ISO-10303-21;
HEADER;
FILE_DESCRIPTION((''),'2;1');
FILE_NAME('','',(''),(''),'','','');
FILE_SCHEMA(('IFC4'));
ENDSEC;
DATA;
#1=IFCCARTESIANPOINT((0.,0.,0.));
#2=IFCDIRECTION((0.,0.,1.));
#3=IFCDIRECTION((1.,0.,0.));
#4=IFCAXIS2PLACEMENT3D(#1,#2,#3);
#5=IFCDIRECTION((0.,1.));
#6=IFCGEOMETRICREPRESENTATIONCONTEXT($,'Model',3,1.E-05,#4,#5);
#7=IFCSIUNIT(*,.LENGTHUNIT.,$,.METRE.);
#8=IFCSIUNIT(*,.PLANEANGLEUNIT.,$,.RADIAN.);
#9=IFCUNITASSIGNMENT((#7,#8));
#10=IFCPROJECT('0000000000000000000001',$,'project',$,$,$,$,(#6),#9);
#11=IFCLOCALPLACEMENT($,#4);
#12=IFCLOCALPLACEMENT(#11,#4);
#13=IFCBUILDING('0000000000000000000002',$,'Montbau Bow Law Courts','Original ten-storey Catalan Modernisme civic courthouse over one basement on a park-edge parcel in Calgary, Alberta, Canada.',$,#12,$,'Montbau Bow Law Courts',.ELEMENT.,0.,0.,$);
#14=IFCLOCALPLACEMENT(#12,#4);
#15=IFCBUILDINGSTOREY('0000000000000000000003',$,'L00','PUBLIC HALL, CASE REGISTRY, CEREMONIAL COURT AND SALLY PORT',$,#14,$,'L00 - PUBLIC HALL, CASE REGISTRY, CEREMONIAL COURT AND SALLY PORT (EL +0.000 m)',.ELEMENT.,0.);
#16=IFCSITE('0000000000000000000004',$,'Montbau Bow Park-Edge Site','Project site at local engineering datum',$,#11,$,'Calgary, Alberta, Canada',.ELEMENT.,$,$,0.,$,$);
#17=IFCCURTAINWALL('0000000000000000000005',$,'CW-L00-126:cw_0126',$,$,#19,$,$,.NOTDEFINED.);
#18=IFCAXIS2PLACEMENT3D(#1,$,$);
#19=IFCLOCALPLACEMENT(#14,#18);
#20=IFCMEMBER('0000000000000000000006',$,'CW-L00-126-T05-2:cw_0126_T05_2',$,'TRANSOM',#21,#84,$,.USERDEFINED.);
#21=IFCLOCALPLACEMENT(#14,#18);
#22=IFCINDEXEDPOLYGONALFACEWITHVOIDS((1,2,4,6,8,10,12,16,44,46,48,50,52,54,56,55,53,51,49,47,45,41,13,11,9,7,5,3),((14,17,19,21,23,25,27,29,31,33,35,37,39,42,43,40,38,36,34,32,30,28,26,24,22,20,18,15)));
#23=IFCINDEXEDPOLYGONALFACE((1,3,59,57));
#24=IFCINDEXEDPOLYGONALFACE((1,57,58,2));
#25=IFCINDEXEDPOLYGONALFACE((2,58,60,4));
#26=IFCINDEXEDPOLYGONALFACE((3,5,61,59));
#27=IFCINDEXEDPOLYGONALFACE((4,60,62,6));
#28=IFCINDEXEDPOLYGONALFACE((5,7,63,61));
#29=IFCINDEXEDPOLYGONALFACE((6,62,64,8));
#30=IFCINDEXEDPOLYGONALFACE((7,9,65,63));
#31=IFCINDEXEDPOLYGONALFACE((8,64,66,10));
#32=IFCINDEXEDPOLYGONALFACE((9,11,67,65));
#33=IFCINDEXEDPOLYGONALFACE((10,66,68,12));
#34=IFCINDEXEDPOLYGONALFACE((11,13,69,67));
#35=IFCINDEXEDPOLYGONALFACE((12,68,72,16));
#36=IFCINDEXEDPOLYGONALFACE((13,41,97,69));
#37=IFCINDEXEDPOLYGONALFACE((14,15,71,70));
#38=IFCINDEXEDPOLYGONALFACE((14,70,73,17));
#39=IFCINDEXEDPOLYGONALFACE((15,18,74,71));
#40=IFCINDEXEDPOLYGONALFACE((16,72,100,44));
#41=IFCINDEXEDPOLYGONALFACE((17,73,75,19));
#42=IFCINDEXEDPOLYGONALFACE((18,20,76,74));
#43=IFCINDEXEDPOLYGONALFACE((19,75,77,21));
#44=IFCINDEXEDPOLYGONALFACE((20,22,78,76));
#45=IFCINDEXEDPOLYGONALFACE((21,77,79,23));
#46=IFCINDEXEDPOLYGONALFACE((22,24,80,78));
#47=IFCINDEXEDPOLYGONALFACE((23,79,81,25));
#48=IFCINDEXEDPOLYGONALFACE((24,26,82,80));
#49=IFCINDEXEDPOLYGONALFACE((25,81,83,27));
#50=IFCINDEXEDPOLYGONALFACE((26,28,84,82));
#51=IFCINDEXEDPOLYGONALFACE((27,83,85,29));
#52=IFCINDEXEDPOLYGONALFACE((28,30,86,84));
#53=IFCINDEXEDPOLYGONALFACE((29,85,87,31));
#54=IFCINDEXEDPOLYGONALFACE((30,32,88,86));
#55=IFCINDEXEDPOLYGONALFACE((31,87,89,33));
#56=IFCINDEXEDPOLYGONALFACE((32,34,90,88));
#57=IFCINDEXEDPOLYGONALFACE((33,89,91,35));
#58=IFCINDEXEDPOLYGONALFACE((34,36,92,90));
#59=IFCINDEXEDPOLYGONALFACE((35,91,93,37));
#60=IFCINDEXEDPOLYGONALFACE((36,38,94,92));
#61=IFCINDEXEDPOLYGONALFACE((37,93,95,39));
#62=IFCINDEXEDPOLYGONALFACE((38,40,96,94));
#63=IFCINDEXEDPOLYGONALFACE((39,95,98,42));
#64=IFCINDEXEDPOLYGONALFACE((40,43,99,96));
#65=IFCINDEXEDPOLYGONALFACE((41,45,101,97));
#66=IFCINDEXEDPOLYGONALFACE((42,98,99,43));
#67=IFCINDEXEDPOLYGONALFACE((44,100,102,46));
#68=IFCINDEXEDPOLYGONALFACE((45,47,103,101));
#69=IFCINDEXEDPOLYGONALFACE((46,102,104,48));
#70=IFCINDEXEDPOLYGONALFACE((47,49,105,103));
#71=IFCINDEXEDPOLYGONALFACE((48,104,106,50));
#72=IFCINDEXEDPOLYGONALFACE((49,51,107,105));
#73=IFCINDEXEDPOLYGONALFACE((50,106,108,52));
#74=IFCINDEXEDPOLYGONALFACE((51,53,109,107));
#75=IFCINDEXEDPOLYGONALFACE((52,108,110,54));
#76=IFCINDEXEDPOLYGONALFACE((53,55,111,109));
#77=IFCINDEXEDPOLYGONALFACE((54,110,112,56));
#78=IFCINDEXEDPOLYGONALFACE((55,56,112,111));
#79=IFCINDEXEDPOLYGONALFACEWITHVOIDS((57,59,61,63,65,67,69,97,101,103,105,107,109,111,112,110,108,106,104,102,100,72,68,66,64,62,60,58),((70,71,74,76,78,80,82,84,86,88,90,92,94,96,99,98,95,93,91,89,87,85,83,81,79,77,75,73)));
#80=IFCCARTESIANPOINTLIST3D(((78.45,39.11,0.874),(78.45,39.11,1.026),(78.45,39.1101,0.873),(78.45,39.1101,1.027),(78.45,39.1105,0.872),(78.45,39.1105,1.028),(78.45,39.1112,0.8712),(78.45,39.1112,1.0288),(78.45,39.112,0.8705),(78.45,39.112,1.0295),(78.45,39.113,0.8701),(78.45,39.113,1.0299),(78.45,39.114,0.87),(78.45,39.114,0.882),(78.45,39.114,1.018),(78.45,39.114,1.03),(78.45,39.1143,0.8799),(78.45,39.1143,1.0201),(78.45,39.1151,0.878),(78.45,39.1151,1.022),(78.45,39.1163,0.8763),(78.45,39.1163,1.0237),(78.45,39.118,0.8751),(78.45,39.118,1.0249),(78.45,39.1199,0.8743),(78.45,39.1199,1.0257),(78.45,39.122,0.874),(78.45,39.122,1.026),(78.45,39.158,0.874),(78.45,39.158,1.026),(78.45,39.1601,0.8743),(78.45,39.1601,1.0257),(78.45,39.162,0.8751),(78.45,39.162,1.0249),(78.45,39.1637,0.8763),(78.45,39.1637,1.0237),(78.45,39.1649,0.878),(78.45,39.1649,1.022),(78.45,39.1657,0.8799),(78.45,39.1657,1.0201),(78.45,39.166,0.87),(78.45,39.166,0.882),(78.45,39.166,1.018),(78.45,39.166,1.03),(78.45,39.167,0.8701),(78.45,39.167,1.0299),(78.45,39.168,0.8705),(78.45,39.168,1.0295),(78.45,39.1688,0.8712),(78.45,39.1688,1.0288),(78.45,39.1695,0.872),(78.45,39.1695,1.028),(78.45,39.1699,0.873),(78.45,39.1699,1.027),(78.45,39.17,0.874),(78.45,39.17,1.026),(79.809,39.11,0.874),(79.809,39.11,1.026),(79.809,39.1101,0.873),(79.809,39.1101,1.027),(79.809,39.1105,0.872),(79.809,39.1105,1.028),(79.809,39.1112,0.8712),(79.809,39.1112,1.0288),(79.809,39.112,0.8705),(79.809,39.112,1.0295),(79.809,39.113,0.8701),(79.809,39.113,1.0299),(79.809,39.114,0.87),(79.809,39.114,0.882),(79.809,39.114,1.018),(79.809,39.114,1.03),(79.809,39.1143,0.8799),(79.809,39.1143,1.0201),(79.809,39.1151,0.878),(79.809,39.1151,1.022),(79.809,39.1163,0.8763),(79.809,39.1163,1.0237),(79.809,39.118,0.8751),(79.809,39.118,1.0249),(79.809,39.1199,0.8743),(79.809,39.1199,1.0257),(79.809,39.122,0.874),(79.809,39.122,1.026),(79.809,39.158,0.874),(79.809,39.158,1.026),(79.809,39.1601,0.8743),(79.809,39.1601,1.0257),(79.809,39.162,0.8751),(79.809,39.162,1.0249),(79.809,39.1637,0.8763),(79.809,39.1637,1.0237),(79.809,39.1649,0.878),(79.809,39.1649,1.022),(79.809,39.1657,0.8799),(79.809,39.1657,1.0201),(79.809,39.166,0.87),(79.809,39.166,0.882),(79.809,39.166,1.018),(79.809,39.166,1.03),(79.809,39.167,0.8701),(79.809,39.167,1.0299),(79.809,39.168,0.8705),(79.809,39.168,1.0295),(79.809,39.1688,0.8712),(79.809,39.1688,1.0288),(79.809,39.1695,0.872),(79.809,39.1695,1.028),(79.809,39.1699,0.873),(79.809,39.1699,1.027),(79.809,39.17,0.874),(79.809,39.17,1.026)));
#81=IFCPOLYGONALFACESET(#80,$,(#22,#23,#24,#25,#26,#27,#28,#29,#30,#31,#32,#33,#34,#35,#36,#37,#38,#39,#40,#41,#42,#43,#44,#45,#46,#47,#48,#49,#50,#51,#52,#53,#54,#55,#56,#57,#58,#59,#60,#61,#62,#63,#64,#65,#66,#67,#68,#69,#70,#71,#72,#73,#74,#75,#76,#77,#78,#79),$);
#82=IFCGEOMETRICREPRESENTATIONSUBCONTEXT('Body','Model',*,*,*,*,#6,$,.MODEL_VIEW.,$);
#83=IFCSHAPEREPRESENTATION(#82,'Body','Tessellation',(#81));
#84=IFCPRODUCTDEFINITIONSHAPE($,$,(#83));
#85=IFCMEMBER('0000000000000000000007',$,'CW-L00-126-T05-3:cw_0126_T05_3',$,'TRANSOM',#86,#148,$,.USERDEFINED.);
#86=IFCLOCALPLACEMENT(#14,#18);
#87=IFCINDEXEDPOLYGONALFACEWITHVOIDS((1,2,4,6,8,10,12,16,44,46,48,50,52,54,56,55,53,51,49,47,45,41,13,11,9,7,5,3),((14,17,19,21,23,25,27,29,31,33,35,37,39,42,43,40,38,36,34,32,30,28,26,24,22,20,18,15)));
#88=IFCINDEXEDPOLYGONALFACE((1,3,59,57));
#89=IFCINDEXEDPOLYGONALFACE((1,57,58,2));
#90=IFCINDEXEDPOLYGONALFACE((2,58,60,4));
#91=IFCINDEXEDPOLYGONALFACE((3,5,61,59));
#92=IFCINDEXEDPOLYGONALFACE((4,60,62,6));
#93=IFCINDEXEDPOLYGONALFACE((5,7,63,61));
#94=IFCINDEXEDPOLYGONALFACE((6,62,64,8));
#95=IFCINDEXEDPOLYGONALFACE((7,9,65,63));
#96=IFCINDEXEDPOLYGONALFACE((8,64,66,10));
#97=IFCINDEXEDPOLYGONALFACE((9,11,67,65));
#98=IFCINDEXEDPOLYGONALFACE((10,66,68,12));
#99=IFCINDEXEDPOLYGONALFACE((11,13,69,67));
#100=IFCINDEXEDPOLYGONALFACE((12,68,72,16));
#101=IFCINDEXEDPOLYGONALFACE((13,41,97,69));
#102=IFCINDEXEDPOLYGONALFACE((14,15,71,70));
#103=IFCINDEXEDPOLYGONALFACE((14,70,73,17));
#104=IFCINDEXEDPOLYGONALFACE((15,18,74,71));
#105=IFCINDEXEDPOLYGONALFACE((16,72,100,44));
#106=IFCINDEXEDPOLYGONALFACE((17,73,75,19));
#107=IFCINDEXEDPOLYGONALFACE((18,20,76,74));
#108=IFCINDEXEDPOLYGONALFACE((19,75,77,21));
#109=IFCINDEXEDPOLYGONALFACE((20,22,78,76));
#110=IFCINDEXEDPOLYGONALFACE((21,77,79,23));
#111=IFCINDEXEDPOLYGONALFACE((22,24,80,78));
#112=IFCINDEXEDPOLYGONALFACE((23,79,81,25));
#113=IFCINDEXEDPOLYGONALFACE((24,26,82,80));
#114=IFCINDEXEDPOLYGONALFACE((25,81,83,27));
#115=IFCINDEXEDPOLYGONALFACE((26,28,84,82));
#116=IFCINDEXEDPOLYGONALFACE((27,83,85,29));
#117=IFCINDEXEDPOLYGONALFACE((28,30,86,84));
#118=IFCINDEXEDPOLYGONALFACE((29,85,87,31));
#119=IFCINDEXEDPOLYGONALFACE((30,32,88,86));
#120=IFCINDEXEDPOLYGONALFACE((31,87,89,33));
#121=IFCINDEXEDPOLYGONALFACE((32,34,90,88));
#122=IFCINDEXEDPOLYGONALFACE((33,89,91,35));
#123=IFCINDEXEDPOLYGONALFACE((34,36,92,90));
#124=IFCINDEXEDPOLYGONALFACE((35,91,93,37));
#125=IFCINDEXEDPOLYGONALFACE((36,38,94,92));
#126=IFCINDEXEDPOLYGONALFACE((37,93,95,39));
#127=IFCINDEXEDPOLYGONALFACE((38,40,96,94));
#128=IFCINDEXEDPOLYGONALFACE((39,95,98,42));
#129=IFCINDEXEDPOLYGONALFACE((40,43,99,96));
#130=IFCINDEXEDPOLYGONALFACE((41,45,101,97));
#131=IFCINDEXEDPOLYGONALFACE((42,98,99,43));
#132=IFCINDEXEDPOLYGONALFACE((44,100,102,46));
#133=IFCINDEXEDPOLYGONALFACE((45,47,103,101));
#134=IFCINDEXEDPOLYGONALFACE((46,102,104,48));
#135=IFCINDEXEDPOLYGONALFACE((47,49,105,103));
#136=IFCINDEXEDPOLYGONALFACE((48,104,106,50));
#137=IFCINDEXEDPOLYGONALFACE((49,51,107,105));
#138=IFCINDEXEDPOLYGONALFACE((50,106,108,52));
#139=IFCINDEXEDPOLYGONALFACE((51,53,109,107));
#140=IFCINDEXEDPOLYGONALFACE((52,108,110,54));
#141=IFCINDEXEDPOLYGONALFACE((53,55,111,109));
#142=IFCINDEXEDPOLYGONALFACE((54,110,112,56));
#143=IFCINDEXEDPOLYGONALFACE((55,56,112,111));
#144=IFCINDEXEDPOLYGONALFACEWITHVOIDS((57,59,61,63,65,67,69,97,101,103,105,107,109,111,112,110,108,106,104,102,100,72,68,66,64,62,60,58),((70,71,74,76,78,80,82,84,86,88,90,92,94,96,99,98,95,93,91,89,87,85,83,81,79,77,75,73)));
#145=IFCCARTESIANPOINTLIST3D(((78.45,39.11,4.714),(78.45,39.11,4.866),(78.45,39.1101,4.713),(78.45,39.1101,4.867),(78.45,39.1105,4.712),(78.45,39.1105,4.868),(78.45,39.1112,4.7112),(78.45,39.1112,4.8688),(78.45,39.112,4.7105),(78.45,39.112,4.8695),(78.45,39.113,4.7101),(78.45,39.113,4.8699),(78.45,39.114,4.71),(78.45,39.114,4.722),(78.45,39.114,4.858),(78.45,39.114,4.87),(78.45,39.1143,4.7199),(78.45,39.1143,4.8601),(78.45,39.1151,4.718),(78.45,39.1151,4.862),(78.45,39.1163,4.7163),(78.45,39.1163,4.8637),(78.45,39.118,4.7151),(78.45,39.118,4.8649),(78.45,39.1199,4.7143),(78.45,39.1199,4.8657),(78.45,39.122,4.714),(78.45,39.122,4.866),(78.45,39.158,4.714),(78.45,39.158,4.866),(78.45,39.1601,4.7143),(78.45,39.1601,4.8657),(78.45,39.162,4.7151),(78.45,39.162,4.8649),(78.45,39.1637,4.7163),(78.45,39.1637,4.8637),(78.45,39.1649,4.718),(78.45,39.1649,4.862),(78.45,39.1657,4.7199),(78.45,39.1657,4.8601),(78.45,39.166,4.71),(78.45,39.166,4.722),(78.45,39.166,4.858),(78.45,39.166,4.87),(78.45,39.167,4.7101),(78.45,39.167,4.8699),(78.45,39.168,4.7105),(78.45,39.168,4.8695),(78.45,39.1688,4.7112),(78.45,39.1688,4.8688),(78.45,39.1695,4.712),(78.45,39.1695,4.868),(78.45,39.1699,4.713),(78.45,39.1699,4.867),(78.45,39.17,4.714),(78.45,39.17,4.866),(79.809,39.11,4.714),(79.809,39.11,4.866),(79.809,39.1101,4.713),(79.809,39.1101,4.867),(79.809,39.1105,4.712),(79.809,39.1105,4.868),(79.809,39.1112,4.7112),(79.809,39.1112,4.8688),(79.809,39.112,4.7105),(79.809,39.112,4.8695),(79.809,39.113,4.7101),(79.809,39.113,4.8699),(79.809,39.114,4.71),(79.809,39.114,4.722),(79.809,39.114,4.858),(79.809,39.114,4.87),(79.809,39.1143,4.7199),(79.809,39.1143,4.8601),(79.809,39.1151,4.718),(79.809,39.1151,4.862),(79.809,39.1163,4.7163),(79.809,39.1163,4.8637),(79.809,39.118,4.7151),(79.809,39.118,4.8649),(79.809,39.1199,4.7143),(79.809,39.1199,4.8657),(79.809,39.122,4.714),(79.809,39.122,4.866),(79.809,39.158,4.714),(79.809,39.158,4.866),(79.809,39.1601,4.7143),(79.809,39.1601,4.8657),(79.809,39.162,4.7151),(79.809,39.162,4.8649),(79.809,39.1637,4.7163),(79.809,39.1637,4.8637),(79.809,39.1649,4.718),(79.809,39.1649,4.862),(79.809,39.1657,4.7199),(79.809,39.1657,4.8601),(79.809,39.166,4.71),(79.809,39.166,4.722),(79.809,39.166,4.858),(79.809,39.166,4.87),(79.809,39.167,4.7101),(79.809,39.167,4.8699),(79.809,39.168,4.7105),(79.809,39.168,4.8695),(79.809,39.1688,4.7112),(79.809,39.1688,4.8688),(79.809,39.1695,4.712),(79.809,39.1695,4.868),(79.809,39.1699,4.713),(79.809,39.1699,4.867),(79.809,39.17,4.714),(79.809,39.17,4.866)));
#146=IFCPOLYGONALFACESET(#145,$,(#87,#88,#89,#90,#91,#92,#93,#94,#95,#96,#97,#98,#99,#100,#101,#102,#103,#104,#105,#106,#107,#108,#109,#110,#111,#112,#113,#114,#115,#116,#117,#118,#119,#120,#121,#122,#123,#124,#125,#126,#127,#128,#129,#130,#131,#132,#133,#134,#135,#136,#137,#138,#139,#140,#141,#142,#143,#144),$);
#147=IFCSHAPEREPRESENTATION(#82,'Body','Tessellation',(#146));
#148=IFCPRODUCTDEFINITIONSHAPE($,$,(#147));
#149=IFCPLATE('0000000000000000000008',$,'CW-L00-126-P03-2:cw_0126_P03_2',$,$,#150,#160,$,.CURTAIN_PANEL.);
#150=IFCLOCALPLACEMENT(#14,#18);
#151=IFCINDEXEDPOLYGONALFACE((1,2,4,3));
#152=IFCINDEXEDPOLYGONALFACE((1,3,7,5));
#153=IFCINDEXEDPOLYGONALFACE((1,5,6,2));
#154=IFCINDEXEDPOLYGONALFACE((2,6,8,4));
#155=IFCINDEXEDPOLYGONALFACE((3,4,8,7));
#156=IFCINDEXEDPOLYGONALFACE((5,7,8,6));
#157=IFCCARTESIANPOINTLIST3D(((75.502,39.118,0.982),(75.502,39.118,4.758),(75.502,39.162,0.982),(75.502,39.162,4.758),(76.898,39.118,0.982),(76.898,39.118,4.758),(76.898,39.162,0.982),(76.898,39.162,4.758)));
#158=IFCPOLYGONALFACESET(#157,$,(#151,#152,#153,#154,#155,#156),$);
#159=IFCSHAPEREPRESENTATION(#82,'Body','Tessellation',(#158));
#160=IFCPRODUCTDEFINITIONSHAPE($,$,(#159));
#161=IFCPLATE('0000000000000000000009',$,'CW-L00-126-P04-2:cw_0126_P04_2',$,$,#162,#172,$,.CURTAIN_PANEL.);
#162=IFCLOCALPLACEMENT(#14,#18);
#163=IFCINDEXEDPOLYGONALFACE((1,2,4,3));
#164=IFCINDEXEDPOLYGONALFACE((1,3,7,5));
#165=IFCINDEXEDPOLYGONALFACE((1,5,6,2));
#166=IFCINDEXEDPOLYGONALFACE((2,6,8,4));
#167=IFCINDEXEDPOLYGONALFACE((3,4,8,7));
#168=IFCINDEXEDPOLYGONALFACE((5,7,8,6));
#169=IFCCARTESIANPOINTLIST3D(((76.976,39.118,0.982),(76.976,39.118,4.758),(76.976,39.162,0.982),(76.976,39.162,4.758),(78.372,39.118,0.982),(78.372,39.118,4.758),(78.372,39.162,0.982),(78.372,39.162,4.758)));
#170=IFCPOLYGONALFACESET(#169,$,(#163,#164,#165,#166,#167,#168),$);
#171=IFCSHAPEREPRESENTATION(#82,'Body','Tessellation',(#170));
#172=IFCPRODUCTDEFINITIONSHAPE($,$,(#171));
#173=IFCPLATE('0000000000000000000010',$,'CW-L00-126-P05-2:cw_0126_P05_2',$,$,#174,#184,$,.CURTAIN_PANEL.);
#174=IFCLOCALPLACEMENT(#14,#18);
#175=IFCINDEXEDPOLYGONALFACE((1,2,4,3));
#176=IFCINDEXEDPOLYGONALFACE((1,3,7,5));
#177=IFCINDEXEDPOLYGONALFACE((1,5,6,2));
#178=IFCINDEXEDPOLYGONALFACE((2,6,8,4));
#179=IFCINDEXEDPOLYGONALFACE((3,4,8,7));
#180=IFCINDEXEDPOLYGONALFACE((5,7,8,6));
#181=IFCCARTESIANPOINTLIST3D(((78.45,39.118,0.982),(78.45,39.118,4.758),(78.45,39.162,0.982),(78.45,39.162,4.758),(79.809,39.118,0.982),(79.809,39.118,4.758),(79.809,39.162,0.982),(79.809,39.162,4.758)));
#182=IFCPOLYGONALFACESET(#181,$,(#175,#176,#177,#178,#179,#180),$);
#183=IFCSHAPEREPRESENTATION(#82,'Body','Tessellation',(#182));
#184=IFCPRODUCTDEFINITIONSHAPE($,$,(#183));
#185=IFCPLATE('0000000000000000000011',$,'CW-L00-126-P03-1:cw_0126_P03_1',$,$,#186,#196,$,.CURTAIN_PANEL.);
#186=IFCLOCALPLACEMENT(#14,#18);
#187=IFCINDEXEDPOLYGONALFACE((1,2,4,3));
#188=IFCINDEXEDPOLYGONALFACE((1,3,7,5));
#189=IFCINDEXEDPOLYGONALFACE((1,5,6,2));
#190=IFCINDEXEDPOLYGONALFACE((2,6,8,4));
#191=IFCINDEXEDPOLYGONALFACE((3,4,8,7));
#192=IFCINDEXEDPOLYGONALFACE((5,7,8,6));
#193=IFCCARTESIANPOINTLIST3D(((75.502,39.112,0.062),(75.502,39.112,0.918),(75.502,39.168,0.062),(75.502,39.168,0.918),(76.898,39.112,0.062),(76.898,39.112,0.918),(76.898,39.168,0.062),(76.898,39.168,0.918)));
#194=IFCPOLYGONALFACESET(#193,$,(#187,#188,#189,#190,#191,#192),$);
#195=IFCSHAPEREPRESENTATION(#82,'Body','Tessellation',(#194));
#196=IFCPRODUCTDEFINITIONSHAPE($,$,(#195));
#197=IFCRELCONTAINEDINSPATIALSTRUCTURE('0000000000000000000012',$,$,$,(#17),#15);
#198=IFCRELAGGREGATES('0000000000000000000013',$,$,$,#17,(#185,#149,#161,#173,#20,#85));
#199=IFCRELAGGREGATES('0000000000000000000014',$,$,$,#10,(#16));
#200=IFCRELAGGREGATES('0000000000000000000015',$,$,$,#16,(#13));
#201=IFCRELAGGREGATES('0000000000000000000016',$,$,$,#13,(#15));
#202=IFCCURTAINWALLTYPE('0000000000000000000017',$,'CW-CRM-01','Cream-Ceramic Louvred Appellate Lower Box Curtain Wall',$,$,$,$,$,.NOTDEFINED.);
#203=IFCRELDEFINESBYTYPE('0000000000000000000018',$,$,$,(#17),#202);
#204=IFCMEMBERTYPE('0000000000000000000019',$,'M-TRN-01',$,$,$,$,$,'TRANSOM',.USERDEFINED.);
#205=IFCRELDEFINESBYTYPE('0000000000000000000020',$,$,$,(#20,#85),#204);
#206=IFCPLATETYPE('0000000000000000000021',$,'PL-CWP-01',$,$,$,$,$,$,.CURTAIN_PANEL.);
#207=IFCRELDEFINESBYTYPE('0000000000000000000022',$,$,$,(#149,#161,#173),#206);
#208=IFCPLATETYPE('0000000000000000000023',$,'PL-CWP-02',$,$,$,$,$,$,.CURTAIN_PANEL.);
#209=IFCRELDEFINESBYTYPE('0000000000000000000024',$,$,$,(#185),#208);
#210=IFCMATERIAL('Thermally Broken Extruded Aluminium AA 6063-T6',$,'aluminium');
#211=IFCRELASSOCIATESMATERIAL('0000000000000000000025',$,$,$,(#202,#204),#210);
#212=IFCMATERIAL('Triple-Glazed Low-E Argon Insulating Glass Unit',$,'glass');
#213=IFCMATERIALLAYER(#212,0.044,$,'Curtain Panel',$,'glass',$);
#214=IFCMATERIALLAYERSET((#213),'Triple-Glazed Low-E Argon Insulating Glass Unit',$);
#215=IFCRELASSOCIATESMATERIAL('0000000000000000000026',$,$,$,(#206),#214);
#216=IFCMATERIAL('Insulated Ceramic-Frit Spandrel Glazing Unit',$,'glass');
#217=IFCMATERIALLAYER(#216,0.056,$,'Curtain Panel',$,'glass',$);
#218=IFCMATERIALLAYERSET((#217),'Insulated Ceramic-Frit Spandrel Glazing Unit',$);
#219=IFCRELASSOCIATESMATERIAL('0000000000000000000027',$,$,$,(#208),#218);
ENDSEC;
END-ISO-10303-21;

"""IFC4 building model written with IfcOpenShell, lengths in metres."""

from ifc_helpers import new_model, si_unit, direction, frame, frame_2d, origin_with_axes, origin_2d_with_axis, place, context, subcontext, project, spatial, rectangle, hollow_rectangle, extrude, material, layer, layer_set, material_profile, profile_set, type_object, element, aggregate, save


model = new_model("IFC4")

# Units and contexts
model_context = context("Model", 3, precision=1e-05, world=origin_with_axes(), true_north=direction((0.0, 1.0)))
body_context = subcontext(model_context, "Body", "Model", "MODEL_VIEW")
ifc_project = project(units=[si_unit("LENGTHUNIT", "METRE"), si_unit("PLANEANGLEUNIT", "RADIAN")], contexts=[model_context])

# Site, building, storey
site_placement = place(None, origin_with_axes())
site = spatial("IfcSite", under=ifc_project, at=site_placement, Name="Montbau Bow Park-Edge Site", Description="Project site at local engineering datum", LongName="Calgary, Alberta, Canada", CompositionType="ELEMENT", RefElevation=0.0)
building_placement = place(site_placement, origin_with_axes())
building = spatial("IfcBuilding", under=site, at=building_placement, Name="Montbau Bow Law Courts", Description="Original ten-storey Catalan Modernisme civic courthouse over one basement on a park-edge parcel in Calgary, Alberta, Canada.", LongName="Montbau Bow Law Courts", CompositionType="ELEMENT", ElevationOfRefHeight=0.0, ElevationOfTerrain=0.0)
storey_placement = place(building_placement, origin_with_axes())
storey = spatial("IfcBuildingStorey", under=building, at=storey_placement, Name="L00", Description="PUBLIC HALL, CASE REGISTRY, CEREMONIAL COURT AND SALLY PORT", LongName="L00 - PUBLIC HALL, CASE REGISTRY, CEREMONIAL COURT AND SALLY PORT (EL +0.000 m)", CompositionType="ELEMENT", Elevation=0.0)

# Curtain wall, members, plates
ifc_material_1 = material(Name="Thermally Broken Extruded Aluminium AA 6063-T6", Category="aluminium")
curtain_wall_type = type_object("IfcCurtainWallType", Name="CW-CRM-01", Description="Cream-Ceramic Louvred Appellate Lower Box Curtain Wall", PredefinedType="NOTDEFINED", material=ifc_material_1)
curtain_wall_placement = place(None, frame((72.515, 39.14, 0.0), z_axis=(0.0, 0.0, 1.0), x_axis=(1.0, 0.0, 0.0)))
curtain_wall = element("IfcCurtainWall", 1, at=curtain_wall_placement, inside=storey, type_object=curtain_wall_type, Name="CW-L00-126:cw_0126", PredefinedType="NOTDEFINED")
ifc_material_profile_1 = material_profile(ifc_material_1, hollow_rectangle(XDim=0.06, YDim=0.16, WallThickness=0.004, InnerFilletRadius=0.008, OuterFilletRadius=0.004, at=origin_2d_with_axis()), Name="CWT-160X60", Category="Main", Priority=0)
ifc_profile_set_1 = profile_set([ifc_material_profile_1], Name="Thermally Broken Extruded Aluminium AA 6063-T6")
member_type_1 = type_object("IfcMemberType", Name="M-TRN-01", ElementType="TRANSOM", PredefinedType="USERDEFINED", material=ifc_profile_set_1)
member_1_placement = place(None, frame((78.45, 39.14, 0.95), z_axis=(1.0, 0.0, 0.0), x_axis=(0.0, 1.0, 0.0)))
member_1 = element("IfcMember", 2, at=member_1_placement, type_object=member_type_1, Name="CW-L00-126-T05-2:cw_0126_T05_2", ObjectType="TRANSOM", PredefinedType="USERDEFINED", context=body_context, shape_type="SweptSolid", body=[
    extrude(hollow_rectangle(XDim=0.06, YDim=0.16, WallThickness=0.004, InnerFilletRadius=0.008, OuterFilletRadius=0.004, at=origin_2d_with_axis()), origin_with_axes(), (0.0, 0.0, 1.0), 1.359),
])
member_2_placement = place(None, frame((78.45, 39.14, 4.79), z_axis=(1.0, 0.0, 0.0), x_axis=(0.0, 1.0, 0.0)))
member_2 = element("IfcMember", 3, at=member_2_placement, type_object=member_type_1, Name="CW-L00-126-T05-3:cw_0126_T05_3", ObjectType="TRANSOM", PredefinedType="USERDEFINED", context=body_context, shape_type="SweptSolid", body=[
    extrude(hollow_rectangle(XDim=0.06, YDim=0.16, WallThickness=0.004, InnerFilletRadius=0.008, OuterFilletRadius=0.004, at=origin_2d_with_axis()), origin_with_axes(), (0.0, 0.0, 1.0), 1.359),
])
ifc_material_2 = material(Name="Triple-Glazed Low-E Argon Insulating Glass Unit", Category="glass")
ifc_layer_1 = layer(ifc_material_2, 0.044, Name="Curtain Panel", Category="glass")
ifc_layer_set_1 = layer_set([ifc_layer_1], Name="Triple-Glazed Low-E Argon Insulating Glass Unit")
plate_type_1 = type_object("IfcPlateType", Name="PL-CWP-01", PredefinedType="CURTAIN_PANEL", material=ifc_layer_set_1)
plate_1_placement = place(None, frame((75.502, 39.14, 0.982), z_axis=(0.0, -1.0, 0.0), x_axis=(1.0, 0.0, 0.0)))
plate_1 = element("IfcPlate", 4, at=plate_1_placement, type_object=plate_type_1, Name="CW-L00-126-P03-2:cw_0126_P03_2", PredefinedType="CURTAIN_PANEL", context=body_context, shape_type="SweptSolid", body=[
    extrude(rectangle(XDim=1.396, YDim=3.776, at=frame_2d((0.698, 1.888), x_axis=(1.0, 0.0))), frame((0.0, 0.0, -0.022), z_axis=(0.0, 0.0, 1.0), x_axis=(1.0, 0.0, 0.0)), (0.0, 0.0, 1.0), 0.044),
])
plate_2_placement = place(None, frame((76.976, 39.14, 0.982), z_axis=(0.0, -1.0, 0.0), x_axis=(1.0, 0.0, 0.0)))
plate_2 = element("IfcPlate", 5, at=plate_2_placement, type_object=plate_type_1, Name="CW-L00-126-P04-2:cw_0126_P04_2", PredefinedType="CURTAIN_PANEL", context=body_context, shape_type="SweptSolid", body=[
    extrude(rectangle(XDim=1.396, YDim=3.776, at=frame_2d((0.698, 1.888), x_axis=(1.0, 0.0))), frame((0.0, 0.0, -0.022), z_axis=(0.0, 0.0, 1.0), x_axis=(1.0, 0.0, 0.0)), (0.0, 0.0, 1.0), 0.044),
])
plate_3_placement = place(None, frame((78.45, 39.14, 0.982), z_axis=(0.0, -1.0, 0.0), x_axis=(1.0, 0.0, 0.0)))
plate_3 = element("IfcPlate", 6, at=plate_3_placement, type_object=plate_type_1, Name="CW-L00-126-P05-2:cw_0126_P05_2", PredefinedType="CURTAIN_PANEL", context=body_context, shape_type="SweptSolid", body=[
    extrude(rectangle(XDim=1.359, YDim=3.776, at=frame_2d((0.6795, 1.888), x_axis=(1.0, 0.0))), frame((0.0, 0.0, -0.022), z_axis=(0.0, 0.0, 1.0), x_axis=(1.0, 0.0, 0.0)), (0.0, 0.0, 1.0), 0.044),
])
ifc_material_3 = material(Name="Insulated Ceramic-Frit Spandrel Glazing Unit", Category="glass")
ifc_layer_2 = layer(ifc_material_3, 0.056, Name="Curtain Panel", Category="glass")
ifc_layer_set_2 = layer_set([ifc_layer_2], Name="Insulated Ceramic-Frit Spandrel Glazing Unit")
plate_type_2 = type_object("IfcPlateType", Name="PL-CWP-02", PredefinedType="CURTAIN_PANEL", material=ifc_layer_set_2)
plate_4_placement = place(None, frame((75.502, 39.14, 0.062), z_axis=(0.0, -1.0, 0.0), x_axis=(1.0, 0.0, 0.0)))
plate_4 = element("IfcPlate", 7, at=plate_4_placement, type_object=plate_type_2, Name="CW-L00-126-P03-1:cw_0126_P03_1", PredefinedType="CURTAIN_PANEL", context=body_context, shape_type="SweptSolid", body=[
    extrude(rectangle(XDim=1.396, YDim=0.856, at=frame_2d((0.698, 0.428), x_axis=(1.0, 0.0))), frame((0.0, 0.0, -0.028), z_axis=(0.0, 0.0, 1.0), x_axis=(1.0, 0.0, 0.0)), (0.0, 0.0, 1.0), 0.056),
])
aggregate(curtain_wall, [plate_4, plate_1, plate_2, plate_3, member_1, member_2])

save(model, "model.ifc")
